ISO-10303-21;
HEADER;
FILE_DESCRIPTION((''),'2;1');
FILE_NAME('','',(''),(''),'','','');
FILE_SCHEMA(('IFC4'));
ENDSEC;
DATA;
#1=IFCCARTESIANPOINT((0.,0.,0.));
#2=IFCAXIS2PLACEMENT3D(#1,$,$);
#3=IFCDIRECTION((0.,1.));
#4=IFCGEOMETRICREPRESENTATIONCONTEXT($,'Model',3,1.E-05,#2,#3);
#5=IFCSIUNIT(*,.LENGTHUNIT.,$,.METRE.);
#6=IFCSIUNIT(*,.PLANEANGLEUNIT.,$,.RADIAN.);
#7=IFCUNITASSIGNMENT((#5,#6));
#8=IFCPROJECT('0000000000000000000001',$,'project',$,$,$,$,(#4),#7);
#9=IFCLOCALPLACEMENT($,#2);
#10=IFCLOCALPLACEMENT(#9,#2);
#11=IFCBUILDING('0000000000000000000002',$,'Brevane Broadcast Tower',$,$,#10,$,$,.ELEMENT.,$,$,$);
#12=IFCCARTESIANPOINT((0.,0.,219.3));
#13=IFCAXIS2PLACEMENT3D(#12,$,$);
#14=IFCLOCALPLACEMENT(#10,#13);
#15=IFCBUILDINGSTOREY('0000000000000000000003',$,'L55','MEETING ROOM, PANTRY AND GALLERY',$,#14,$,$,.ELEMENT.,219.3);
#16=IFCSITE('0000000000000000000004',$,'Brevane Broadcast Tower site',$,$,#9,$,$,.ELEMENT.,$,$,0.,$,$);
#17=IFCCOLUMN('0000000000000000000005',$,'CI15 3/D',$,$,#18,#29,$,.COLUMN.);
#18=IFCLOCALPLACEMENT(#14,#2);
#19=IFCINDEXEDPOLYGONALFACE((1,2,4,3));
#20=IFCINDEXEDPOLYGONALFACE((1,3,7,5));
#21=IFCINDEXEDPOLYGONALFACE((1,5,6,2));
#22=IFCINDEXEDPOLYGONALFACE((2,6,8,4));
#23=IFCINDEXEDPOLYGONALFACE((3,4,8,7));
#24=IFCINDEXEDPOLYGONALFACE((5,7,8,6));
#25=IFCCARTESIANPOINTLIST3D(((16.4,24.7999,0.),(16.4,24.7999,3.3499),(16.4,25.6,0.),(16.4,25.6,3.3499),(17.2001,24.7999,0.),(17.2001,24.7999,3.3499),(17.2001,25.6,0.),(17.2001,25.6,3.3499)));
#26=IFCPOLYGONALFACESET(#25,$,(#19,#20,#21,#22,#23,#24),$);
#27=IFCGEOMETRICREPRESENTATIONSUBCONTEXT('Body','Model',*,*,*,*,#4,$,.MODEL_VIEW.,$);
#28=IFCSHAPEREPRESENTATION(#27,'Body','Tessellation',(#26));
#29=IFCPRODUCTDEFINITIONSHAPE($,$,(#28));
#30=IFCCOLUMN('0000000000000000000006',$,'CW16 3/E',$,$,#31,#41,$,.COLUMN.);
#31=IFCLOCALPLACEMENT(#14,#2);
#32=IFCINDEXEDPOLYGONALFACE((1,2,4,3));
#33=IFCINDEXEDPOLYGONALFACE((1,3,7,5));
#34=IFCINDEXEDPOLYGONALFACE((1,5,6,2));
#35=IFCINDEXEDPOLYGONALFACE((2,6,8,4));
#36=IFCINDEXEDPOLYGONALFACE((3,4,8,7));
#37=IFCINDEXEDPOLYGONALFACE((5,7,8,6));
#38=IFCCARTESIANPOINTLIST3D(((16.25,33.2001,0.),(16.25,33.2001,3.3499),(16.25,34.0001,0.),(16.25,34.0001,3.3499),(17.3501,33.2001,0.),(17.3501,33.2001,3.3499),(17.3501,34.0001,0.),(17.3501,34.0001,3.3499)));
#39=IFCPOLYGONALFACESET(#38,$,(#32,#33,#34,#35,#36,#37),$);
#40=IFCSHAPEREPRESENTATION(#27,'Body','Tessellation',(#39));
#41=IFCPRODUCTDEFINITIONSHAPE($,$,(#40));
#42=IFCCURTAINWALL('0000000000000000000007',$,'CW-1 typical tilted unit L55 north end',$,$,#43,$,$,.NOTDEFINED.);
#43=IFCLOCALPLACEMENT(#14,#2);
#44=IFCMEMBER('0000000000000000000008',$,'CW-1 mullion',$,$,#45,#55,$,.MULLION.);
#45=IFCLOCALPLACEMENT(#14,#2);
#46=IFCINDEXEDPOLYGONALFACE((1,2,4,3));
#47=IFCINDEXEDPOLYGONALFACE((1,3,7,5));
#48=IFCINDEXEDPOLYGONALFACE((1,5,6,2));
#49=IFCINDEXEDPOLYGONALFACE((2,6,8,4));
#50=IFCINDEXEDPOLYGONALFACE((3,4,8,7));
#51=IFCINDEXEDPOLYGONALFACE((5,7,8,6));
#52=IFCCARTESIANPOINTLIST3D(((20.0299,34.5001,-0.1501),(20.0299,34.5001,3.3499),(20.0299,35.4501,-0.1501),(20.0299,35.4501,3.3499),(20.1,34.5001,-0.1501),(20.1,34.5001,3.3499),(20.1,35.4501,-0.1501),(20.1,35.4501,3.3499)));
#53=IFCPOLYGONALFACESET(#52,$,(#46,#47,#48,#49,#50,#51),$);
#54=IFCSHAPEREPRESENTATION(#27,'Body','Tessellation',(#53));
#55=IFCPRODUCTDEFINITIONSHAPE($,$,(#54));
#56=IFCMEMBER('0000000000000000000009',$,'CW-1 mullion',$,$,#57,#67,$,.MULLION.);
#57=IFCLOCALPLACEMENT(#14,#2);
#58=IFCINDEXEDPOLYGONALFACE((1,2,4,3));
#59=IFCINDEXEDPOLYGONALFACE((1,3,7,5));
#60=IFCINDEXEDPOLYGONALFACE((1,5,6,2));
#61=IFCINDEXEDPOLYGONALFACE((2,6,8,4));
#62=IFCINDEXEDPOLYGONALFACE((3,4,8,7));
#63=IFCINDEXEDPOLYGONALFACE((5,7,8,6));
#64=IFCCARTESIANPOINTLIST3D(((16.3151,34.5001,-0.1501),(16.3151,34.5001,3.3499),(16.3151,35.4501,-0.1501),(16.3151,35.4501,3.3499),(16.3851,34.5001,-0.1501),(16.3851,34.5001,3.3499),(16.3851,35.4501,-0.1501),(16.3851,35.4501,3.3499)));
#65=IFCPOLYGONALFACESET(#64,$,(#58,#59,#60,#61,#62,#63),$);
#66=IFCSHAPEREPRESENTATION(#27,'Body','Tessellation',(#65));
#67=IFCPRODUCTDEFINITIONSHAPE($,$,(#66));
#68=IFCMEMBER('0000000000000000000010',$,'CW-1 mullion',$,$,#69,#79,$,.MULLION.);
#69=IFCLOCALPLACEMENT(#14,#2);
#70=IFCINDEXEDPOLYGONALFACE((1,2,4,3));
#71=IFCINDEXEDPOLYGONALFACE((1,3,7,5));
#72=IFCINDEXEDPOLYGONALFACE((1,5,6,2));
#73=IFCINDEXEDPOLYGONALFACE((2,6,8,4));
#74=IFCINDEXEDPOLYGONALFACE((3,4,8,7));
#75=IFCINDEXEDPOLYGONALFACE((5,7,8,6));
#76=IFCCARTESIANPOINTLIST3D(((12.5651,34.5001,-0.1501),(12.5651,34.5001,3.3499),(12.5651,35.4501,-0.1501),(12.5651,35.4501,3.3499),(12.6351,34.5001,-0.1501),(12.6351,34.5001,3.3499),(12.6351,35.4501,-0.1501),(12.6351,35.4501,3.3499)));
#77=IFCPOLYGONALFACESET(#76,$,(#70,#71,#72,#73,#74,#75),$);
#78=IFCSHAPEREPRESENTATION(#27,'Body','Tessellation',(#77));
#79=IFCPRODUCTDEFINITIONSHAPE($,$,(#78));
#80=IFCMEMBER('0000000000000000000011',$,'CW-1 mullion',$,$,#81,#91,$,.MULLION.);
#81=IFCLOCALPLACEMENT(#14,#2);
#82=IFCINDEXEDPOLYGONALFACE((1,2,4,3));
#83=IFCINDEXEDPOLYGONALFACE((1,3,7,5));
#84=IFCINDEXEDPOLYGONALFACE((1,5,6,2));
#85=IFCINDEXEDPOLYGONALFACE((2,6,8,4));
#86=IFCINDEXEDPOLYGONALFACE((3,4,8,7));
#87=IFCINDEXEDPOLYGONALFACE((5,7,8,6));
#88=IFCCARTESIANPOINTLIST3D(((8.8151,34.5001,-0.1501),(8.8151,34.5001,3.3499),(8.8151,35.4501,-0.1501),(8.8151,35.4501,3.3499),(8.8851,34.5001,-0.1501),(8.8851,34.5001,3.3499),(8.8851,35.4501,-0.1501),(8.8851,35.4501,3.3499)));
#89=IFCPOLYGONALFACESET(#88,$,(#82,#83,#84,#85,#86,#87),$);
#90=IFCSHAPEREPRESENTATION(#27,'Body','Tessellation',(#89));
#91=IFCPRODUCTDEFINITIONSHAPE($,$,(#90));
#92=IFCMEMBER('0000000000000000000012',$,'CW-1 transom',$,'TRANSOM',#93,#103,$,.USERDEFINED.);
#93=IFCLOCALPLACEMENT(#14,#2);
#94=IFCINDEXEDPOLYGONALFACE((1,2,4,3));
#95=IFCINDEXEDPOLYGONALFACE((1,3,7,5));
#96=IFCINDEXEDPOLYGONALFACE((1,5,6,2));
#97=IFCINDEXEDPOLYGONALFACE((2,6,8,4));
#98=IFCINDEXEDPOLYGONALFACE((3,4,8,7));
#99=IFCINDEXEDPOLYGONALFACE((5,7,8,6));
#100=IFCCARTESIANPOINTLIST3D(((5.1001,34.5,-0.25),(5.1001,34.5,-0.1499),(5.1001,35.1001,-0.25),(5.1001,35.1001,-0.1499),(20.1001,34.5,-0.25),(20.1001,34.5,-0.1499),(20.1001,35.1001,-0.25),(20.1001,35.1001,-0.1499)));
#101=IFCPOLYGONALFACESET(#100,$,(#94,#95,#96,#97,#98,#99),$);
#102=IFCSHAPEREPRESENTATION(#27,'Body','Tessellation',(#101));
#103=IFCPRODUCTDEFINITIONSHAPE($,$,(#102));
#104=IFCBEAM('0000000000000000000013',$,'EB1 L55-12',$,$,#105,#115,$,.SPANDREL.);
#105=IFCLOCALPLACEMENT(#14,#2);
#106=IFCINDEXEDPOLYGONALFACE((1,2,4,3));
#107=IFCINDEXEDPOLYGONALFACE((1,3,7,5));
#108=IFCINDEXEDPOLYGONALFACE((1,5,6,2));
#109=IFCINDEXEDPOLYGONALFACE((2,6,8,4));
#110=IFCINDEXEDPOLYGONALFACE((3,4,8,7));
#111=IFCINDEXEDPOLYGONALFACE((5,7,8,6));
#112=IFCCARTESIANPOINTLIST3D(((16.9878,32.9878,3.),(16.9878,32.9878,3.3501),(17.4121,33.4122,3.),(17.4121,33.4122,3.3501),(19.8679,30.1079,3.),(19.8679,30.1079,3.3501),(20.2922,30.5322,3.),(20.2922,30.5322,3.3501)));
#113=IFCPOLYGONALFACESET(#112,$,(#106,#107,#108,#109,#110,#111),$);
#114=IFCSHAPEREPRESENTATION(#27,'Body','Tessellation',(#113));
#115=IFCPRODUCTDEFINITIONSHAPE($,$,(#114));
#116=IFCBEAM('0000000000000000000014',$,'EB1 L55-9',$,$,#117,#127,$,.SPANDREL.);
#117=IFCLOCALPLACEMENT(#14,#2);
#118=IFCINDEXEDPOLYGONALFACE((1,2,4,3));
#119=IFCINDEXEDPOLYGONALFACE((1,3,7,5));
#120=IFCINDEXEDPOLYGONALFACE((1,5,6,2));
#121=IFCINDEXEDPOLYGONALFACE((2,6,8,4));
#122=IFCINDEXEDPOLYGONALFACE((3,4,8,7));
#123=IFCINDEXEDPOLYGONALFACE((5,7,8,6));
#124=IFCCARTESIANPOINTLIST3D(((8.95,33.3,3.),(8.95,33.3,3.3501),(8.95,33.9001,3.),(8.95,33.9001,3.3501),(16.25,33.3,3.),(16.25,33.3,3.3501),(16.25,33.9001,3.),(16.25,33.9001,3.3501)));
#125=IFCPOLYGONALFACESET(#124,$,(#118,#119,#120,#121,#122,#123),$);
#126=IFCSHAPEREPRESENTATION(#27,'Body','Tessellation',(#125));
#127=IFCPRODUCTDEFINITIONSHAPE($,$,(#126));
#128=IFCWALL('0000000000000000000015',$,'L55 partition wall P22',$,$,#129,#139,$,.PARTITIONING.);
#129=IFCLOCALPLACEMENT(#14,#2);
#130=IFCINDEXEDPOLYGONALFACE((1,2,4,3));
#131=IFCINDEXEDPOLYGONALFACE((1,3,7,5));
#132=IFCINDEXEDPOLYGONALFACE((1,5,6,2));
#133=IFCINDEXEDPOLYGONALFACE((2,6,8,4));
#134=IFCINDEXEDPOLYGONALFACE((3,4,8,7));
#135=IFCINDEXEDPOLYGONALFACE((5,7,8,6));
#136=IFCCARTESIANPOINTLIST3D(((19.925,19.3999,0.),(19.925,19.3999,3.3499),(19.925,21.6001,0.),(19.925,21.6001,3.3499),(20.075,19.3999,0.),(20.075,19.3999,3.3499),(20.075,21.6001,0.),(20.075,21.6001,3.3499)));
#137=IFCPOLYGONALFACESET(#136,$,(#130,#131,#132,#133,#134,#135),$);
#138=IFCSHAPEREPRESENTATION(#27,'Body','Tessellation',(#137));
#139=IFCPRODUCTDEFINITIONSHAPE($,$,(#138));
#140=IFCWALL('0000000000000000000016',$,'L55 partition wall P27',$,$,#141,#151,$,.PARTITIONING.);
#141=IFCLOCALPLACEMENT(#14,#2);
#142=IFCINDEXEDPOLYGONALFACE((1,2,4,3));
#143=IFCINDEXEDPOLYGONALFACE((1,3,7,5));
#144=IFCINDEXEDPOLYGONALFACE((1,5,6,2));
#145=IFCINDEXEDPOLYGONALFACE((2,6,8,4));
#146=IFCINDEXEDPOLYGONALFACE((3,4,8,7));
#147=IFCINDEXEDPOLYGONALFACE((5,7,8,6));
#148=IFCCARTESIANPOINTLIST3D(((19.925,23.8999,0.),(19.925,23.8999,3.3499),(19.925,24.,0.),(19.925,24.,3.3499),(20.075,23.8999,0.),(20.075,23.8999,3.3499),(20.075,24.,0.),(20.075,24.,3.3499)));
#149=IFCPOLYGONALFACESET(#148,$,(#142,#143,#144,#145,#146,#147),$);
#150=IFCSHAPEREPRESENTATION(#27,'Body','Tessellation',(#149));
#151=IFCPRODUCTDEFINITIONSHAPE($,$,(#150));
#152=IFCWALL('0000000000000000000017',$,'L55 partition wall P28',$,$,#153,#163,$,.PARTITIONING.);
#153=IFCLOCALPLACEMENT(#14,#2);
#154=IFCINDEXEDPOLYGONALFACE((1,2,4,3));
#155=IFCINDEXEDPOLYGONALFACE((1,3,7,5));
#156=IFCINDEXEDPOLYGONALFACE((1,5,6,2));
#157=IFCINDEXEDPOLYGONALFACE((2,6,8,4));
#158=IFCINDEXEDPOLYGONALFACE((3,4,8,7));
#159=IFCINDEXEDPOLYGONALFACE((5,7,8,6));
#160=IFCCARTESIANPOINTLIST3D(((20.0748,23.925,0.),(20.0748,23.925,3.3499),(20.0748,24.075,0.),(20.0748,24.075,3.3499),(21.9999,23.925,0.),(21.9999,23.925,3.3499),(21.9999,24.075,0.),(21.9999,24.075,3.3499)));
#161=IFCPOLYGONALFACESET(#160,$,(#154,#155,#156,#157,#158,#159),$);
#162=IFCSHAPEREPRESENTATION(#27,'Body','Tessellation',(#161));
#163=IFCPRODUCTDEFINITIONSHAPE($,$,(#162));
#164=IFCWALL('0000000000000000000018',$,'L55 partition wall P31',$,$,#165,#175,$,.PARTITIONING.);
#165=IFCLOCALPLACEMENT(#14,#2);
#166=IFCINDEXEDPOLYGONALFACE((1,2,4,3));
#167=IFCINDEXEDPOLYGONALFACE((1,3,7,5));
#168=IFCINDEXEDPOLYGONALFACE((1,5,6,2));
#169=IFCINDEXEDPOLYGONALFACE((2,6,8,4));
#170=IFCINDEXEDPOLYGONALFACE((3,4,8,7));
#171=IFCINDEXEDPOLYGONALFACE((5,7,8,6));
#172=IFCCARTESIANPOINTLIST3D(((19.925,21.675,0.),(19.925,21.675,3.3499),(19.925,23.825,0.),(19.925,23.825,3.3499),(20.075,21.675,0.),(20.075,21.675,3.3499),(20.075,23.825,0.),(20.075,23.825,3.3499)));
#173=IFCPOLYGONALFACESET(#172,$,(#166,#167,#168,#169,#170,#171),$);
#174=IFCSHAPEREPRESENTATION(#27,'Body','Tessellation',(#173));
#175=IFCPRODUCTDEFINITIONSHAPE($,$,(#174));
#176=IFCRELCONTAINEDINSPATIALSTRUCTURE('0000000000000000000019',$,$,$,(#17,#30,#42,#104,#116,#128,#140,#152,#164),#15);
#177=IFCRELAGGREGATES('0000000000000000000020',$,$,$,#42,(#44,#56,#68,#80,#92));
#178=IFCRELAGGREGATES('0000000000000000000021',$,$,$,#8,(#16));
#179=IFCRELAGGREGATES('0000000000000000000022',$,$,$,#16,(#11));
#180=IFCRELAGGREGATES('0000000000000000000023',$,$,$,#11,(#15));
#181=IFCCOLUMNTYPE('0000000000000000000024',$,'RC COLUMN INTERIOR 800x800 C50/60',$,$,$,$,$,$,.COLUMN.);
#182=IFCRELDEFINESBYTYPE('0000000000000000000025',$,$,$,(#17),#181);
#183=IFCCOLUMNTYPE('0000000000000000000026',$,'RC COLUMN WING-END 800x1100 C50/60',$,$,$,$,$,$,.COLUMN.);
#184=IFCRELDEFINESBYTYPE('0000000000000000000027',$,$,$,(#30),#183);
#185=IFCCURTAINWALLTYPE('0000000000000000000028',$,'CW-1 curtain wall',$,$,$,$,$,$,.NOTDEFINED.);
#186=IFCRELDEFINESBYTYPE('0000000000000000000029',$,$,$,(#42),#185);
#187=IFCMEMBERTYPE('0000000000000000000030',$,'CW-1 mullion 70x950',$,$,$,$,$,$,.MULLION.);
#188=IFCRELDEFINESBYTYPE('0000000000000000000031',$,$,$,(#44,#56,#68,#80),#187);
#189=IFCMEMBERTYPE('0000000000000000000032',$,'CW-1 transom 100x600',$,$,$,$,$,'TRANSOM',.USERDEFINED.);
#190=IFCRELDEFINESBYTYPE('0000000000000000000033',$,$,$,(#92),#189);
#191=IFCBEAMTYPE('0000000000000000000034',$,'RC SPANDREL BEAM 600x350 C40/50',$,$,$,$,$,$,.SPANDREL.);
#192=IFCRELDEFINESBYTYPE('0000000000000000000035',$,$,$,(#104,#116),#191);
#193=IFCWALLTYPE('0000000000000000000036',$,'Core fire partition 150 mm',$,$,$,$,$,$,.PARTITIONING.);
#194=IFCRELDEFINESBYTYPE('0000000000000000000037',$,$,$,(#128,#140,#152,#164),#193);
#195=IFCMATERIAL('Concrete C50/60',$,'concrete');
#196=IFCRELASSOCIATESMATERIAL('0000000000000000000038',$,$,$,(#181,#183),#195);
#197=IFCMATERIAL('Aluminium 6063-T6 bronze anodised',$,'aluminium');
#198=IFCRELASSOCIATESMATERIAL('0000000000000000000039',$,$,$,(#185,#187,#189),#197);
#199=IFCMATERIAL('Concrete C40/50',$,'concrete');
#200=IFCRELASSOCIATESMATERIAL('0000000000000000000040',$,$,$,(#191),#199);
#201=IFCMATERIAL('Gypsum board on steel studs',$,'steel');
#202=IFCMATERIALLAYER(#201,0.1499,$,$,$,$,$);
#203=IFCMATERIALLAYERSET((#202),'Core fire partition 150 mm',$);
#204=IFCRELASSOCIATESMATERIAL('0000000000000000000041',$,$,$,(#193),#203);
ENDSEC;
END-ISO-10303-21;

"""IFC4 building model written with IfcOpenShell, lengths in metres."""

from ifc_helpers import new_model, si_unit, direction, frame, frame_2d, origin, origin_2d, place, context, subcontext, project, spatial, rectangle, extrude, material, layer, layer_set, material_profile, profile_set, type_object, element, aggregate, save


model = new_model("IFC4")

# Units and contexts
model_context = context("Model", 3, precision=1e-05, world=origin(), true_north=direction((0.0, 1.0)))
body_context = subcontext(model_context, "Body", "Model", "MODEL_VIEW")
ifc_project = project(units=[si_unit("LENGTHUNIT", "METRE"), si_unit("PLANEANGLEUNIT", "RADIAN")], contexts=[model_context])

# Site, building, storey
site_placement = place(None, origin())
site = spatial("IfcSite", under=ifc_project, at=site_placement, Name="Brevane Broadcast Tower site", CompositionType="ELEMENT", RefElevation=0.0)
building_placement = place(site_placement, origin())
building = spatial("IfcBuilding", under=site, at=building_placement, Name="Brevane Broadcast Tower", CompositionType="ELEMENT")
storey_placement = place(building_placement, frame((0.0, 0.0, 219.3)))
storey = spatial("IfcBuildingStorey", under=building, at=storey_placement, Name="L55", Description="MEETING ROOM, PANTRY AND GALLERY", CompositionType="ELEMENT", Elevation=219.3)

# Columns
ifc_material_1 = material(Name="Concrete C50/60", Category="concrete")
ifc_material_profile_1 = material_profile(ifc_material_1, rectangle(XDim=0.8, YDim=0.8, at=origin_2d()), Name="RC 800x800")
ifc_profile_set_1 = profile_set([ifc_material_profile_1], Name="Concrete C50/60")
column_type_1 = type_object("IfcColumnType", Name="RC COLUMN INTERIOR 800x800 C50/60", PredefinedType="COLUMN", material=ifc_profile_set_1)
column_1_placement = place(storey_placement, frame((16.8, 25.2, 0.0), z_axis=(0.0, 0.0, 1.0), x_axis=(1.0, 0.0, 0.0)))
element("IfcColumn", 1, at=column_1_placement, inside=storey, type_object=column_type_1, Name="CI15 3/D", PredefinedType="COLUMN", context=body_context, shape_type="SweptSolid", body=[
    extrude(rectangle(XDim=0.8, YDim=0.8, at=origin_2d()), origin(), (0.0, 0.0, 1.0), 3.3499),
])
ifc_material_profile_2 = material_profile(ifc_material_1, rectangle(XDim=0.8, YDim=1.1001, at=origin_2d()), Name="RC 800x1100")
ifc_profile_set_2 = profile_set([ifc_material_profile_2], Name="Concrete C50/60")
column_type_2 = type_object("IfcColumnType", Name="RC COLUMN WING-END 800x1100 C50/60", PredefinedType="COLUMN", material=ifc_profile_set_2)
column_2_placement = place(storey_placement, frame((16.8, 33.6001, 0.0), z_axis=(0.0, 0.0, 1.0), x_axis=(0.0, 1.0, 0.0)))
element("IfcColumn", 2, at=column_2_placement, inside=storey, type_object=column_type_2, Name="CW16 3/E", PredefinedType="COLUMN", context=body_context, shape_type="SweptSolid", body=[
    extrude(rectangle(XDim=0.8, YDim=1.1001, at=origin_2d()), origin(), (0.0, 0.0, 1.0), 3.3499),
])

# Curtain wall, members
ifc_material_2 = material(Name="Aluminium 6063-T6 bronze anodised", Category="aluminium")
curtain_wall_type = type_object("IfcCurtainWallType", Name="CW-1 curtain wall", PredefinedType="NOTDEFINED", material=ifc_material_2)
curtain_wall_placement = place(storey_placement, origin())
curtain_wall = element("IfcCurtainWall", 3, at=curtain_wall_placement, inside=storey, type_object=curtain_wall_type, Name="CW-1 typical tilted unit L55 north end", PredefinedType="NOTDEFINED")
ifc_material_profile_3 = material_profile(ifc_material_2, rectangle(XDim=0.95, YDim=0.0701, at=origin_2d()), Name="RECT 70x950")
ifc_profile_set_3 = profile_set([ifc_material_profile_3], Name="Aluminium 6063-T6 bronze anodised")
member_type_1 = type_object("IfcMemberType", Name="CW-1 mullion 70x950", PredefinedType="MULLION", material=ifc_profile_set_3)
member_1_placement = place(storey_placement, frame((20.0649, 34.9751, -0.1501), z_axis=(0.0, 0.0, 1.0), x_axis=(0.0, -1.0, 0.0)))
member_1 = element("IfcMember", 4, at=member_1_placement, type_object=member_type_1, Name="CW-1 mullion", PredefinedType="MULLION", context=body_context, shape_type="SweptSolid", body=[
    extrude(rectangle(XDim=0.95, YDim=0.0701, at=origin_2d()), origin(), (0.0, 0.0, 1.0), 3.5),
])
member_2_placement = place(storey_placement, frame((16.3501, 34.9751, -0.1501), z_axis=(0.0, 0.0, 1.0), x_axis=(0.0, -1.0, 0.0)))
member_2 = element("IfcMember", 5, at=member_2_placement, type_object=member_type_1, Name="CW-1 mullion", PredefinedType="MULLION", context=body_context, shape_type="SweptSolid", body=[
    extrude(rectangle(XDim=0.95, YDim=0.0701, at=origin_2d()), origin(), (0.0, 0.0, 1.0), 3.5),
])
member_3_placement = place(storey_placement, frame((12.6001, 34.9751, -0.1501), z_axis=(0.0, 0.0, 1.0), x_axis=(0.0, -1.0, 0.0)))
member_3 = element("IfcMember", 6, at=member_3_placement, type_object=member_type_1, Name="CW-1 mullion", PredefinedType="MULLION", context=body_context, shape_type="SweptSolid", body=[
    extrude(rectangle(XDim=0.95, YDim=0.0701, at=origin_2d()), origin(), (0.0, 0.0, 1.0), 3.5),
])
member_4_placement = place(storey_placement, frame((8.8501, 34.9751, -0.1501), z_axis=(0.0, 0.0, 1.0), x_axis=(0.0, -1.0, 0.0)))
member_4 = element("IfcMember", 7, at=member_4_placement, type_object=member_type_1, Name="CW-1 mullion", PredefinedType="MULLION", context=body_context, shape_type="SweptSolid", body=[
    extrude(rectangle(XDim=0.95, YDim=0.0701, at=origin_2d()), origin(), (0.0, 0.0, 1.0), 3.5),
])
ifc_material_profile_4 = material_profile(ifc_material_2, rectangle(XDim=0.6001, YDim=0.1001, at=origin_2d()), Name="RECT 100x600")
ifc_profile_set_4 = profile_set([ifc_material_profile_4], Name="Aluminium 6063-T6 bronze anodised")
member_type_2 = type_object("IfcMemberType", Name="CW-1 transom 100x600", ElementType="TRANSOM", PredefinedType="USERDEFINED", material=ifc_profile_set_4)
member_5_placement = place(storey_placement, frame((20.1001, 34.8, -0.2), z_axis=(-1.0, 0.0, 0.0), x_axis=(0.0, -1.0, 0.0)))
member_5 = element("IfcMember", 8, at=member_5_placement, type_object=member_type_2, Name="CW-1 transom", ObjectType="TRANSOM", PredefinedType="USERDEFINED", context=body_context, shape_type="SweptSolid", body=[
    extrude(rectangle(XDim=0.6001, YDim=0.1001, at=origin_2d()), origin(), (0.0, 0.0, 1.0), 15.0),
])
aggregate(curtain_wall, [member_1, member_2, member_3, member_4, member_5])

# Beams
ifc_material_3 = material(Name="Concrete C40/50", Category="concrete")
ifc_material_profile_5 = material_profile(ifc_material_3, rectangle(XDim=0.6001, YDim=0.3501, at=origin_2d()), Name="RC 600x350")
ifc_profile_set_5 = profile_set([ifc_material_profile_5], Name="Concrete C40/50")
beam_type = type_object("IfcBeamType", Name="RC SPANDREL BEAM 600x350 C40/50", PredefinedType="SPANDREL", material=ifc_profile_set_5)
beam_1_placement = place(storey_placement, frame((20.0801, 30.3201, 3.175), z_axis=(-0.707137, 0.707077, 0.0), x_axis=(-0.707077, -0.707137, 0.0)))
element("IfcBeam", 9, at=beam_1_placement, inside=storey, type_object=beam_type, Name="EB1 L55-12", PredefinedType="SPANDREL", context=body_context, shape_type="SweptSolid", body=[
    extrude(rectangle(XDim=0.6001, YDim=0.3501, at=origin_2d()), origin(), (0.0, 0.0, 1.0), 4.073),
])
beam_2_placement = place(storey_placement, frame((16.25, 33.6001, 3.175), z_axis=(-1.0, 0.0, 0.0), x_axis=(0.0, -1.0, 0.0)))
element("IfcBeam", 10, at=beam_2_placement, inside=storey, type_object=beam_type, Name="EB1 L55-9", PredefinedType="SPANDREL", context=body_context, shape_type="SweptSolid", body=[
    extrude(rectangle(XDim=0.6001, YDim=0.3501, at=origin_2d()), origin(), (0.0, 0.0, 1.0), 7.3),
])

# Walls
ifc_material_4 = material(Name="Gypsum board on steel studs", Category="steel")
ifc_layer_1 = layer(ifc_material_4, 0.1499)
ifc_layer_set_1 = layer_set([ifc_layer_1], Name="Core fire partition 150 mm")
wall_type_1 = type_object("IfcWallType", Name="Core fire partition 150 mm", PredefinedType="PARTITIONING", material=ifc_layer_set_1)
wall_1_placement = place(storey_placement, frame((20.0, 21.6001, 0.0), z_axis=(0.0, 0.0, 1.0), x_axis=(0.0, -1.0, 0.0)))
element("IfcWall", 11, at=wall_1_placement, inside=storey, type_object=wall_type_1, Name="L55 partition wall P22", PredefinedType="PARTITIONING", context=body_context, shape_type="SweptSolid", body=[
    extrude(rectangle(XDim=2.2002, YDim=0.1499, at=frame_2d((1.1001, 0.0))), origin(), (0.0, 0.0, 1.0), 3.3499),
])
wall_2_placement = place(storey_placement, frame((20.0, 23.8999, 0.0), z_axis=(0.0, 0.0, 1.0), x_axis=(0.0, 1.0, 0.0)))
element("IfcWall", 12, at=wall_2_placement, inside=storey, type_object=wall_type_1, Name="L55 partition wall P27", PredefinedType="PARTITIONING", context=body_context, shape_type="SweptSolid", body=[
    extrude(rectangle(XDim=0.1001, YDim=0.1499, at=frame_2d((0.05, 0.0))), origin(), (0.0, 0.0, 1.0), 3.3499),
])
wall_3_placement = place(storey_placement, frame((20.075, 24.0, 0.0), z_axis=(0.0, 0.0, 1.0), x_axis=(1.0, 0.0, 0.0)))
element("IfcWall", 13, at=wall_3_placement, inside=storey, type_object=wall_type_1, Name="L55 partition wall P28", PredefinedType="PARTITIONING", context=body_context, shape_type="SweptSolid", body=[
    extrude(rectangle(XDim=1.925, YDim=0.1499, at=frame_2d((0.9624, 0.0))), origin(), (0.0, 0.0, 1.0), 3.3499),
])
wall_4_placement = place(storey_placement, frame((20.0, 21.675, 0.0), z_axis=(0.0, 0.0, 1.0), x_axis=(0.0, 1.0, 0.0)))
element("IfcWall", 14, at=wall_4_placement, inside=storey, type_object=wall_type_1, Name="L55 partition wall P31", PredefinedType="PARTITIONING", context=body_context, shape_type="SweptSolid", body=[
    extrude(rectangle(XDim=2.1499, YDim=0.1499, at=frame_2d((1.075, 0.0))), origin(), (0.0, 0.0, 1.0), 3.3499),
])

save(model, "model.ifc")
